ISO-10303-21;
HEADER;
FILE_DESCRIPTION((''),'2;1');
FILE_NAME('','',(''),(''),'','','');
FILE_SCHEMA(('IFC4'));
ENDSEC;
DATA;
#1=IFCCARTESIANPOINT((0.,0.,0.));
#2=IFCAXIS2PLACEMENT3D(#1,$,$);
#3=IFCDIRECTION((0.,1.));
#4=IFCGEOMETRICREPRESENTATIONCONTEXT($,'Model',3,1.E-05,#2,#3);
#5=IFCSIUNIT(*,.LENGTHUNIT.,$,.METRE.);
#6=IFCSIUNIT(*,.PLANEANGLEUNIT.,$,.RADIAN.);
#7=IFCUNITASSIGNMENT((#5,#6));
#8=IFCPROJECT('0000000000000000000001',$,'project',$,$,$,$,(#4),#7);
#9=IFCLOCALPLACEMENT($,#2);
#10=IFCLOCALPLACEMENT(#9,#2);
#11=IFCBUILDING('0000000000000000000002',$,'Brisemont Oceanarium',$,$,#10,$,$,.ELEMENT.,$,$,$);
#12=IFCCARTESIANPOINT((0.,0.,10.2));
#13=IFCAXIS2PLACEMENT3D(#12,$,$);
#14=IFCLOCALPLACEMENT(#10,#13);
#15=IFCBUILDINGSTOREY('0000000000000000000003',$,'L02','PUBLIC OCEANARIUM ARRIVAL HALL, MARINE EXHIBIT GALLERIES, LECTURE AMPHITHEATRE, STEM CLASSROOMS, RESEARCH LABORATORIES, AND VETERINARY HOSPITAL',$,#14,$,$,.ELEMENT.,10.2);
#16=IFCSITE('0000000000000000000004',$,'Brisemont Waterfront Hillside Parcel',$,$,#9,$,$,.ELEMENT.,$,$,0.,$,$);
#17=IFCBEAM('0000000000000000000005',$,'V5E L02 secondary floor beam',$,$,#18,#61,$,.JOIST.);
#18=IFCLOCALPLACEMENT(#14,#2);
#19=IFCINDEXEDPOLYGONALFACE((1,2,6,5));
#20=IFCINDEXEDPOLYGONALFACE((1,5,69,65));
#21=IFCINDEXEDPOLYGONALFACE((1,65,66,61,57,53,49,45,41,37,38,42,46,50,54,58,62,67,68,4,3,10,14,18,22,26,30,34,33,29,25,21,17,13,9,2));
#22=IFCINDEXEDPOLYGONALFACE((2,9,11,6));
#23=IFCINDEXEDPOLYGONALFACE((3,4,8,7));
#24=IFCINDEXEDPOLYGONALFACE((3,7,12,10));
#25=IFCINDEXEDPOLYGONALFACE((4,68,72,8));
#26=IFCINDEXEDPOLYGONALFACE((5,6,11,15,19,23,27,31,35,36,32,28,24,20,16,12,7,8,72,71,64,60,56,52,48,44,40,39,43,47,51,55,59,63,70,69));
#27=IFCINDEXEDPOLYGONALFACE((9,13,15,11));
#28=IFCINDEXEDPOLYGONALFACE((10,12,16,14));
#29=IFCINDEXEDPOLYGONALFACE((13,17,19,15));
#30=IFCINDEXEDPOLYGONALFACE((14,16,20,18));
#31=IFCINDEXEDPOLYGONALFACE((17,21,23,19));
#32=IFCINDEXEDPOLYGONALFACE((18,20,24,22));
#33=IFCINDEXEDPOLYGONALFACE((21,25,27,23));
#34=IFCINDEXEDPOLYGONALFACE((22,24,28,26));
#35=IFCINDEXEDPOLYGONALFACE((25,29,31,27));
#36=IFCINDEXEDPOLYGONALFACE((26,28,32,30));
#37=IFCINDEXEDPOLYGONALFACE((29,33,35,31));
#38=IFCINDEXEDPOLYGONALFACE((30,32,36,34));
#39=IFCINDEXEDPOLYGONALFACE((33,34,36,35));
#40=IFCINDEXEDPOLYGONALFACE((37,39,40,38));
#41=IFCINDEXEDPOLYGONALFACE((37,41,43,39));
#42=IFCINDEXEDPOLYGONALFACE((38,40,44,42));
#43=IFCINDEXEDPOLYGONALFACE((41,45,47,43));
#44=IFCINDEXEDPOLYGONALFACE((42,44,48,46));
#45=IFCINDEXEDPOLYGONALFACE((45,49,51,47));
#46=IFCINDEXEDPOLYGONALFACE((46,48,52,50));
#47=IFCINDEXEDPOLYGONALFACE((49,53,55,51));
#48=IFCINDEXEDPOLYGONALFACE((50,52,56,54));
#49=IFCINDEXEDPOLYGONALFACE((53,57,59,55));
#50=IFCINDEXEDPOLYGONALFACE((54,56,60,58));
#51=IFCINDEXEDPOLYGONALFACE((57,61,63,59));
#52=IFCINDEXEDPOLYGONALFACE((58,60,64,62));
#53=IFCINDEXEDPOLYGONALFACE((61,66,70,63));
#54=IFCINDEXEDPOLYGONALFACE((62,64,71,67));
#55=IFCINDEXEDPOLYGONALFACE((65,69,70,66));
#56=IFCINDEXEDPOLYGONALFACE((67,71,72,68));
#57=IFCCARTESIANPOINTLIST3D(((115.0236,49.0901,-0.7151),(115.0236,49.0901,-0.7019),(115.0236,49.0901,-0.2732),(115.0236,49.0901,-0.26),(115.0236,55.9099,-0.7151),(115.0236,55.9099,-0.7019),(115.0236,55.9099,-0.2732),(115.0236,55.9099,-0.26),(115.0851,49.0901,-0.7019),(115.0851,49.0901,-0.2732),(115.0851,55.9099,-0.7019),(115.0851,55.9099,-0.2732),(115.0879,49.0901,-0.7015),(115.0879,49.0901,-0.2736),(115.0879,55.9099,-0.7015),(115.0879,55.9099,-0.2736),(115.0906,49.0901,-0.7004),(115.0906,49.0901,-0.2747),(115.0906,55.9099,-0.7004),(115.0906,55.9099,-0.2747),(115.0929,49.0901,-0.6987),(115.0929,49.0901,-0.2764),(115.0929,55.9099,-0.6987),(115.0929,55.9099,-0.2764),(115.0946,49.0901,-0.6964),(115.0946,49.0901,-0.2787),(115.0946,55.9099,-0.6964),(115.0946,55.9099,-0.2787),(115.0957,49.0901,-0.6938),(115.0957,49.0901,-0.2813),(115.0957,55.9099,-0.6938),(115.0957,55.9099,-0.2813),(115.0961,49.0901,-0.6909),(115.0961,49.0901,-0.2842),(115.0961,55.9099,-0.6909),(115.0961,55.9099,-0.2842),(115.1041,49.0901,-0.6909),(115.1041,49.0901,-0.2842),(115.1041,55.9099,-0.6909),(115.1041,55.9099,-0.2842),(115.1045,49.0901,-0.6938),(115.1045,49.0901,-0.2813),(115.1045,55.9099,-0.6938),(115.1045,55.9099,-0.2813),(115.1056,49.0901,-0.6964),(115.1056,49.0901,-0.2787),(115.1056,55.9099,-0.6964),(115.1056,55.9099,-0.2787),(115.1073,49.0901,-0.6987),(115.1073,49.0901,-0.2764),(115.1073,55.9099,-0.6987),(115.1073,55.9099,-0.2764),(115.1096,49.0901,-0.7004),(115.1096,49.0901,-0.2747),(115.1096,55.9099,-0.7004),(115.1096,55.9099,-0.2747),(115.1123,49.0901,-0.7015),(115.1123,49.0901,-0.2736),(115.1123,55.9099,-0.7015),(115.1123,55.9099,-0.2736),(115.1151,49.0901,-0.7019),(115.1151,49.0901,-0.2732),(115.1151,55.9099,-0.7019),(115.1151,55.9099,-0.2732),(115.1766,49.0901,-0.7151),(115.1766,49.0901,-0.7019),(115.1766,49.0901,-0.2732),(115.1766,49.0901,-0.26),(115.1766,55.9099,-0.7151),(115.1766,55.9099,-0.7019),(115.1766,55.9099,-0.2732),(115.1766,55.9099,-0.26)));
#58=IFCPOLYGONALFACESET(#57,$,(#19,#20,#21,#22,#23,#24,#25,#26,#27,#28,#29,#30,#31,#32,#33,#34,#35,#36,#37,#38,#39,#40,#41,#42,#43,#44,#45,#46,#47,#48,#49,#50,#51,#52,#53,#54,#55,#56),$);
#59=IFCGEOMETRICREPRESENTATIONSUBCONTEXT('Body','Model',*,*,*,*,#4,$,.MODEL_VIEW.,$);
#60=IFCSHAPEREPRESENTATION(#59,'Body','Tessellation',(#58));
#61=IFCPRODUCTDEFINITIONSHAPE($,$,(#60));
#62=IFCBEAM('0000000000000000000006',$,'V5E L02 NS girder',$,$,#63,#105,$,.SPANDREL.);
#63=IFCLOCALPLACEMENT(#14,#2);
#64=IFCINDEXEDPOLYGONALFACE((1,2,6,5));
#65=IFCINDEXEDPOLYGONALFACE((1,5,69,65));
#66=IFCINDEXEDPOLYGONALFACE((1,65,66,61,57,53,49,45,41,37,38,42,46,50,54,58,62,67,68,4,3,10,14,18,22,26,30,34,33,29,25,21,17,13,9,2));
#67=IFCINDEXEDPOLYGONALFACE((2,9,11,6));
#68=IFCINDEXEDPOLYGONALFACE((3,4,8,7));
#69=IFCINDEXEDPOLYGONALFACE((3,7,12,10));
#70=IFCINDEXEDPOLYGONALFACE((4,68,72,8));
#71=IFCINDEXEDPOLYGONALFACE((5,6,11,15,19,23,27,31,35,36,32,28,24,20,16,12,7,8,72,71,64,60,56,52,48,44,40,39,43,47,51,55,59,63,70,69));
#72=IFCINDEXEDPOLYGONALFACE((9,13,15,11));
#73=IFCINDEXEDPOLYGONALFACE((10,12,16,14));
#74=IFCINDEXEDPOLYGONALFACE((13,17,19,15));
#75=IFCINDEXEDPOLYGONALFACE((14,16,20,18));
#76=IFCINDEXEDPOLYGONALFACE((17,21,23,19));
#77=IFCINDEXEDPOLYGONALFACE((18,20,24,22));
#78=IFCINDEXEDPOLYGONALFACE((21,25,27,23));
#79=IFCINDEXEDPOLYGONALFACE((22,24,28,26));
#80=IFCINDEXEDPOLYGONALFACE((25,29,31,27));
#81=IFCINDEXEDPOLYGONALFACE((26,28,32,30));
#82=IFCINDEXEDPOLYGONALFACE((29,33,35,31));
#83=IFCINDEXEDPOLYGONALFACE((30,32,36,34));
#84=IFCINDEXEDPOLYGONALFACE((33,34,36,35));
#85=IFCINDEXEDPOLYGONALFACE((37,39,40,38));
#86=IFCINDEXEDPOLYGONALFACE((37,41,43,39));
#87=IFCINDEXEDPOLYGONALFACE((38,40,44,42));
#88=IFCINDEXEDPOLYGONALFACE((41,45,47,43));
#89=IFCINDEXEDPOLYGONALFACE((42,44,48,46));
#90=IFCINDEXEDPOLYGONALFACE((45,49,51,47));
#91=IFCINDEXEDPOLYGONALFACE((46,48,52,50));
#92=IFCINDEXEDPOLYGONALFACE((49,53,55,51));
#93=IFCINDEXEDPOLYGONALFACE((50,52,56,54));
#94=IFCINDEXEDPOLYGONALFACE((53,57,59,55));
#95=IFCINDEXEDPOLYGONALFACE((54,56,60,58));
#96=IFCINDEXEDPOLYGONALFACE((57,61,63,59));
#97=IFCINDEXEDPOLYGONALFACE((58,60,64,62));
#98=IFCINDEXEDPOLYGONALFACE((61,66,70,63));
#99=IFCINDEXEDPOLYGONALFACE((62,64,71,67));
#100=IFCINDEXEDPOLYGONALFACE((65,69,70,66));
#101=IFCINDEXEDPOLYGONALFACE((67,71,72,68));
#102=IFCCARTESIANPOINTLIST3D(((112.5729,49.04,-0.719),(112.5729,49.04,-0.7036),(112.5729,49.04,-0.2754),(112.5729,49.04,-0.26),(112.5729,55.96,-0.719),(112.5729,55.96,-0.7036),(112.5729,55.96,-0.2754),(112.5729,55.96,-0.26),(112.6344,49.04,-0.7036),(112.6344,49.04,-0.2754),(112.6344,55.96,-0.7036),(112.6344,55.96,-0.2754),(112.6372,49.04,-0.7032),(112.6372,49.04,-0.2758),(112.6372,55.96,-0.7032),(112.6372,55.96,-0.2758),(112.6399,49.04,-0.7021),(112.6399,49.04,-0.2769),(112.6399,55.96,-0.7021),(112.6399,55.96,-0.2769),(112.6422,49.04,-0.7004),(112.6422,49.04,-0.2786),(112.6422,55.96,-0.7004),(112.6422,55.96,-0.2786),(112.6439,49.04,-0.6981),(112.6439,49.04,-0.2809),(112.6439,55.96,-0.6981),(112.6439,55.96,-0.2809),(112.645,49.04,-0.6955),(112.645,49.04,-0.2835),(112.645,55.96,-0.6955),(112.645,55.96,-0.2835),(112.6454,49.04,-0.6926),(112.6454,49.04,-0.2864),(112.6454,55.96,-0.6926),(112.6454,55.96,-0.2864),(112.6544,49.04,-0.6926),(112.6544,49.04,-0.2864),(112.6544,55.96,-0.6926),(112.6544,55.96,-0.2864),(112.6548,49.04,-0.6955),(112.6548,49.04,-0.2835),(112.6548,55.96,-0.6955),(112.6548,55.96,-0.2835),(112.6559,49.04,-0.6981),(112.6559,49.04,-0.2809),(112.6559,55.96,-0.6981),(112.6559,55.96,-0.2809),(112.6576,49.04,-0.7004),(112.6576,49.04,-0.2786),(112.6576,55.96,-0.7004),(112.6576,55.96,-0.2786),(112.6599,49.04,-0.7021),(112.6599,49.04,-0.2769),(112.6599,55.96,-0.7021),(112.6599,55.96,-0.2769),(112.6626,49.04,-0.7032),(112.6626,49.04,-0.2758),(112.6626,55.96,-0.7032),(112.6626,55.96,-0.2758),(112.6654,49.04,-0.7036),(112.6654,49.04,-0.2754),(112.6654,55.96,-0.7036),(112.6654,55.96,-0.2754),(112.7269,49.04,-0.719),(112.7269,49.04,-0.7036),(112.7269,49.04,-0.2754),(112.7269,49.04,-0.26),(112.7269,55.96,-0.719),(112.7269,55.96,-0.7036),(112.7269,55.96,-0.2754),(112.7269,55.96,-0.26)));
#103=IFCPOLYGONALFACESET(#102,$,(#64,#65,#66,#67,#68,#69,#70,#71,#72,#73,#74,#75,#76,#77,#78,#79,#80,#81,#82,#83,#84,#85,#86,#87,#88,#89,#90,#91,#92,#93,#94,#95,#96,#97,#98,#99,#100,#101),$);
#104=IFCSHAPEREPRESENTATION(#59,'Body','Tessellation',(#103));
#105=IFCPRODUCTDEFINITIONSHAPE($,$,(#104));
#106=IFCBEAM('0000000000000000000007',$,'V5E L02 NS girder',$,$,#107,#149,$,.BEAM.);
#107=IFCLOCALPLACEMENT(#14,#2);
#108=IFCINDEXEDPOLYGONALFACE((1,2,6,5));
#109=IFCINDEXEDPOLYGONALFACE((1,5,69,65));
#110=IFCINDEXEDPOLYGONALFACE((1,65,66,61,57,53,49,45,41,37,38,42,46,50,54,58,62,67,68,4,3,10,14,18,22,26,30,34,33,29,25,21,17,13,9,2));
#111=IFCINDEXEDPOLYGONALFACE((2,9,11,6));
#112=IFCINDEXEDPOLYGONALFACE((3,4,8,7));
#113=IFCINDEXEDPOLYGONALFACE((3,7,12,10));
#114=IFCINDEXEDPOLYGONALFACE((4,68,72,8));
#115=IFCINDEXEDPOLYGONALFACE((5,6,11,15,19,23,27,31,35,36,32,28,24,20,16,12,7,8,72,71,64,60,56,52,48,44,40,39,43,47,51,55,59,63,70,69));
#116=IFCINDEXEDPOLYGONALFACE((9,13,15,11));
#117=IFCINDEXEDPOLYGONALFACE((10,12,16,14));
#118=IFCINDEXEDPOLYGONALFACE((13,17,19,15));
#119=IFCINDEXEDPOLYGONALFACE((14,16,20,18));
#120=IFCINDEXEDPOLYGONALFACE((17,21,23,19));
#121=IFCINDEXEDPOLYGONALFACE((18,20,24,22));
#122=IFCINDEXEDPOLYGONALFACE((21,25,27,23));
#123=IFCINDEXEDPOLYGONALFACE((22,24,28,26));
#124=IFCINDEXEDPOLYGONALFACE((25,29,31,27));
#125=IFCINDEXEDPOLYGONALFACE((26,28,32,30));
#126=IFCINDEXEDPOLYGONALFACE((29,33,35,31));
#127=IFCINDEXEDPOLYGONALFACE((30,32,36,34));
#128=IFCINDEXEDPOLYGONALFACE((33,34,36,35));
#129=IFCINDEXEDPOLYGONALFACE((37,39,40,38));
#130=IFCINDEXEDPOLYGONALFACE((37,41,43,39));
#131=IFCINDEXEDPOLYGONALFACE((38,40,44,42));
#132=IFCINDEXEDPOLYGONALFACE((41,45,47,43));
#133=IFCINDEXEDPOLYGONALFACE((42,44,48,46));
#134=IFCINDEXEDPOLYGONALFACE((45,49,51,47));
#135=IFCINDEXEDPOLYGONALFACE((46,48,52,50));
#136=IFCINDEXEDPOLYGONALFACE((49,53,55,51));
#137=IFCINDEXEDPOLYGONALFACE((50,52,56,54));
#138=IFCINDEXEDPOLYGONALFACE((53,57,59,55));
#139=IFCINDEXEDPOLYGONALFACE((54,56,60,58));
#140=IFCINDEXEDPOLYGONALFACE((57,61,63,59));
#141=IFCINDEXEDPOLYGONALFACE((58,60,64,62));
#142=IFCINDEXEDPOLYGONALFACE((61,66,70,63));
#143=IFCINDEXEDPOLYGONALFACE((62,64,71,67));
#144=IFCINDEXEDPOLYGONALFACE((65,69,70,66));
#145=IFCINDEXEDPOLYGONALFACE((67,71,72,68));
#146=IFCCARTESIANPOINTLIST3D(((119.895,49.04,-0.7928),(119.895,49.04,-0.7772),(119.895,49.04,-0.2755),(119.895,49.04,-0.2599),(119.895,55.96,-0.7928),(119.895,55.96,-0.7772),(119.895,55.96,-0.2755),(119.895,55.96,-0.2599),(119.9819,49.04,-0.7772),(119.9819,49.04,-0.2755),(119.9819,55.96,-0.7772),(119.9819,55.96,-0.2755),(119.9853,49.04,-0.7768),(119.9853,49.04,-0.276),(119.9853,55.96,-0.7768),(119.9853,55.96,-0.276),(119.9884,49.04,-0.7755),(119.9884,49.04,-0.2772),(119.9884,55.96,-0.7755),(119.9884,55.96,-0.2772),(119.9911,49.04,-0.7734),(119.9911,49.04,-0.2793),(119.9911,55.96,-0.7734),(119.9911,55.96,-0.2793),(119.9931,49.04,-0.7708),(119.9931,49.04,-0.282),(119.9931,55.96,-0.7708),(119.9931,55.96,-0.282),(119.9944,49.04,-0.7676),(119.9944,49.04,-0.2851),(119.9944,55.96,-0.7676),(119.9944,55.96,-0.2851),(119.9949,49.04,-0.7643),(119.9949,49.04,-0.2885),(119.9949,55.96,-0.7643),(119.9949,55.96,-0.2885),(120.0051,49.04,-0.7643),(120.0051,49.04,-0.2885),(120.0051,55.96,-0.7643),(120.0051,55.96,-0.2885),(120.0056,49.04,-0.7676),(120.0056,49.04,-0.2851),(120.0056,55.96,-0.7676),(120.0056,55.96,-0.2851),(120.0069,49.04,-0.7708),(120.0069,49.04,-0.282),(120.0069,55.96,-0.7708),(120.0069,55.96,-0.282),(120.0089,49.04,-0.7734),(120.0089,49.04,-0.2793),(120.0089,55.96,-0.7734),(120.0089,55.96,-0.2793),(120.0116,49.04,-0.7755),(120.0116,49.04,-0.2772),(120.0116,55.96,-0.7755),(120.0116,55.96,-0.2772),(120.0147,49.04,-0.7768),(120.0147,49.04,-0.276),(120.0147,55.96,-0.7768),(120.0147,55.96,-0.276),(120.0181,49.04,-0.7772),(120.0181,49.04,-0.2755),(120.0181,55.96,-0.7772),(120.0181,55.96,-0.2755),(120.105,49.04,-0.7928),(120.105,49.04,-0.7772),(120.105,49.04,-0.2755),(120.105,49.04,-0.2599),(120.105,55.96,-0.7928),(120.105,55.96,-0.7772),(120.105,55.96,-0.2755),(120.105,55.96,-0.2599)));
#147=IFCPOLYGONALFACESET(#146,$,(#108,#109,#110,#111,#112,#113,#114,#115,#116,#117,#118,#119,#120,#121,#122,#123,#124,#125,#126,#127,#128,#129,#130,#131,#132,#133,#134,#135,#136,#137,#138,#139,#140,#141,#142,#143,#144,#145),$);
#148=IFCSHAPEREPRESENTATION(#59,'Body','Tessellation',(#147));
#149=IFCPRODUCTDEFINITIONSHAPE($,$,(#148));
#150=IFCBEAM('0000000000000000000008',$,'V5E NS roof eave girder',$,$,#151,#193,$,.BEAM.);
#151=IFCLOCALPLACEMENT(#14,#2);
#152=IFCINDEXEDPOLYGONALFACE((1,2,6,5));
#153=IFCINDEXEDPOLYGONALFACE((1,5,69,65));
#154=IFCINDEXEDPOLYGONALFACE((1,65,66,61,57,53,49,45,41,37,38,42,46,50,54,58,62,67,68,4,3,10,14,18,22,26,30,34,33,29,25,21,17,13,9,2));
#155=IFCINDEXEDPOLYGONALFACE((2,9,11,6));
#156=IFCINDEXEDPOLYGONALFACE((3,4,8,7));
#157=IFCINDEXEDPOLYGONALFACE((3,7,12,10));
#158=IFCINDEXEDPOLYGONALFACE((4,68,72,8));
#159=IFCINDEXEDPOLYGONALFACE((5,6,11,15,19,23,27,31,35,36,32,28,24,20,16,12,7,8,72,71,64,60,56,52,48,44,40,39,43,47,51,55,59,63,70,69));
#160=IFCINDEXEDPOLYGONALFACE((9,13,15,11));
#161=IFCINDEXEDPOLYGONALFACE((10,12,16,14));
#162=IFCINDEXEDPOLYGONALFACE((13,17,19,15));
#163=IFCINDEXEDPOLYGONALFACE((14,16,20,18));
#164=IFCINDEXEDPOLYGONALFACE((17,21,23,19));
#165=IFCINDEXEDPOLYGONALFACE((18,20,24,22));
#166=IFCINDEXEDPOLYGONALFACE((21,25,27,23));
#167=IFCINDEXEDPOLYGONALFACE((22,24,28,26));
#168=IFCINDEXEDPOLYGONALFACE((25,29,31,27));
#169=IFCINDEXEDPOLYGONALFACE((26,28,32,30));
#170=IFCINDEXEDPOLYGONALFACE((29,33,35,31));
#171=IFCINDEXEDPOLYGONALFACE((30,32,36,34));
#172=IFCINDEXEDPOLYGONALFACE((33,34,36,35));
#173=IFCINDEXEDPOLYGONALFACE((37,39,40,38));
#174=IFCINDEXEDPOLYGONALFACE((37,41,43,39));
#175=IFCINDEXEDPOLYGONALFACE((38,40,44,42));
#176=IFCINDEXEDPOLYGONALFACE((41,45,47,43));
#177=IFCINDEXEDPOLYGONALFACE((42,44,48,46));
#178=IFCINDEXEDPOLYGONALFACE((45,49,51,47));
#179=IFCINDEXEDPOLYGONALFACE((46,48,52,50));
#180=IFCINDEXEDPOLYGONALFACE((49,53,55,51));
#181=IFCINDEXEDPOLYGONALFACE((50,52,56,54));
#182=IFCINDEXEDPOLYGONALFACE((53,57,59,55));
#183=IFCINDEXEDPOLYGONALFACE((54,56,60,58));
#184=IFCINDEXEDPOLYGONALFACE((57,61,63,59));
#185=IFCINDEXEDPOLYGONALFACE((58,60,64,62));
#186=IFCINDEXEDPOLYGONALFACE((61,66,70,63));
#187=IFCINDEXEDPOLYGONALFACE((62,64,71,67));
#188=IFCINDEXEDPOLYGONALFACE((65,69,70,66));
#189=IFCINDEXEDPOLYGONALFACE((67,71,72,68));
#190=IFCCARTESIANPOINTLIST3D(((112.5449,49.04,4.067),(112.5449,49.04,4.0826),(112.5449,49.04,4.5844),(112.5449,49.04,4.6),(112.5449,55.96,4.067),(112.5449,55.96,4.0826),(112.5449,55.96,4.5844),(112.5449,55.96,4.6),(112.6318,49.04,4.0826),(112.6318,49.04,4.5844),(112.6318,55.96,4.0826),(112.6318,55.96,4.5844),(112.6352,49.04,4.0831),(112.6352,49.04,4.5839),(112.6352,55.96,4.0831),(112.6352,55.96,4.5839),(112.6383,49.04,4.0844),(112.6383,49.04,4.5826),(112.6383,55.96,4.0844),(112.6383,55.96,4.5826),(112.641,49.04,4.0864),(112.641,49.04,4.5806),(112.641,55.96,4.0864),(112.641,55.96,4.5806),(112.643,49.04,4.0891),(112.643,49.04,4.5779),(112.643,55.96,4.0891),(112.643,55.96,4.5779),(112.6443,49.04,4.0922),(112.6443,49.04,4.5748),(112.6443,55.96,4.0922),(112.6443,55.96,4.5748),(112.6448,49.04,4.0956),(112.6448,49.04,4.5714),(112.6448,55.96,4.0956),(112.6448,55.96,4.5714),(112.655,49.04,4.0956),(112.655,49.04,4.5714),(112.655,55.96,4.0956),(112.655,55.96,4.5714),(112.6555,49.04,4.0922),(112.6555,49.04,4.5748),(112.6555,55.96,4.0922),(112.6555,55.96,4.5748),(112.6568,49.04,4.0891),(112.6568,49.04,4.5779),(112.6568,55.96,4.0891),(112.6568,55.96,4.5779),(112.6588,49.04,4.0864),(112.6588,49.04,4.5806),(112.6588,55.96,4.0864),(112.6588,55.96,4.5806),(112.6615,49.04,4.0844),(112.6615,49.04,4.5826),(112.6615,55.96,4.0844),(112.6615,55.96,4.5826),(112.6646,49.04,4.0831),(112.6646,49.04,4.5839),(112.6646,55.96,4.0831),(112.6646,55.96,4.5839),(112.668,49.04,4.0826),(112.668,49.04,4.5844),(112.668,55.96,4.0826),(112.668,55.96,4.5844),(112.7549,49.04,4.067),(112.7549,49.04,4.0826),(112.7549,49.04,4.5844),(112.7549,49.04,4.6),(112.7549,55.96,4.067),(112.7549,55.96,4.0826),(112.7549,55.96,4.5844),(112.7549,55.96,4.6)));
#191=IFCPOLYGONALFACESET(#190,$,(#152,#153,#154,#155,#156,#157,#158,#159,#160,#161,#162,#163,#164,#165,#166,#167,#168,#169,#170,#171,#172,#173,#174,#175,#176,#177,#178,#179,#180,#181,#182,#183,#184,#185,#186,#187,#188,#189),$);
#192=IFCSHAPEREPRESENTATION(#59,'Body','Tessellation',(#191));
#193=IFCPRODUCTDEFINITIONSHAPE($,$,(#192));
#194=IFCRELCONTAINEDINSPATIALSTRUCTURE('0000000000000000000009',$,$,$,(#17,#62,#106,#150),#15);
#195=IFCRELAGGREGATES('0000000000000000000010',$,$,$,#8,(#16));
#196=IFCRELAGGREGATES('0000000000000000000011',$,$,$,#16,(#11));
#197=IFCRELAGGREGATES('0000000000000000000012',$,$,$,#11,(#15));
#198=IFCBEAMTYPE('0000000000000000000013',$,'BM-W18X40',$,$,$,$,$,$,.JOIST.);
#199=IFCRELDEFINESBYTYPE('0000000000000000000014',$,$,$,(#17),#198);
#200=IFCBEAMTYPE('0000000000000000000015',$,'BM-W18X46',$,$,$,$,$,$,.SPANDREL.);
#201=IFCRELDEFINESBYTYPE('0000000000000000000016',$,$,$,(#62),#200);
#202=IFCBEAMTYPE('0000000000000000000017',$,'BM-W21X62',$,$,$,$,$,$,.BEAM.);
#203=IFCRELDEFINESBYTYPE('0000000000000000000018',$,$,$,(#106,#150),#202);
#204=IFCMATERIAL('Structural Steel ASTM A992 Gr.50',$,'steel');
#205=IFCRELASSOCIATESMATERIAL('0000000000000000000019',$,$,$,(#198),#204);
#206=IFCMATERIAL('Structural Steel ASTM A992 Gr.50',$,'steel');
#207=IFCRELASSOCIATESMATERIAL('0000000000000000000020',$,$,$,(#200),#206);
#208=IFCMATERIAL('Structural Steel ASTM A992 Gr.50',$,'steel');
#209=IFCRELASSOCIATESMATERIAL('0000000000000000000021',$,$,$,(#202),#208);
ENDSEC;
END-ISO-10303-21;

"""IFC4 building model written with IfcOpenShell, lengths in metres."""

from ifc_helpers import new_model, si_unit, direction, frame, origin, origin_2d, place, context, subcontext, project, spatial, i_section, extrude, material, material_profile, profile_set, type_object, element, save


model = new_model("IFC4")

# Units and contexts
model_context = context("Model", 3, precision=1e-05, world=origin(), true_north=direction((0.0, 1.0)))
body_context = subcontext(model_context, "Body", "Model", "MODEL_VIEW")
ifc_project = project(units=[si_unit("LENGTHUNIT", "METRE"), si_unit("PLANEANGLEUNIT", "RADIAN")], contexts=[model_context])

# Site, building, storey
site_placement = place(None, origin())
site = spatial("IfcSite", under=ifc_project, at=site_placement, Name="Brisemont Waterfront Hillside Parcel", CompositionType="ELEMENT", RefElevation=0.0)
building_placement = place(site_placement, origin())
building = spatial("IfcBuilding", under=site, at=building_placement, Name="Brisemont Oceanarium", CompositionType="ELEMENT")
storey_placement = place(building_placement, frame((0.0, 0.0, 10.2)))
storey = spatial("IfcBuildingStorey", under=building, at=storey_placement, Name="L02", Description="PUBLIC OCEANARIUM ARRIVAL HALL, MARINE EXHIBIT GALLERIES, LECTURE AMPHITHEATRE, STEM CLASSROOMS, RESEARCH LABORATORIES, AND VETERINARY HOSPITAL", CompositionType="ELEMENT", Elevation=10.2)

# Beams
ifc_material_1 = material(Name="Structural Steel ASTM A992 Gr.50", Category="steel")
ifc_material_profile_1 = material_profile(ifc_material_1, i_section(OverallWidth=0.1531, OverallDepth=0.4551, WebThickness=0.0081, FlangeThickness=0.0132, FilletRadius=0.011, at=origin_2d()), Name="W18X40")
ifc_profile_set_1 = profile_set([ifc_material_profile_1], Name="Structural Steel ASTM A992 Gr.50")
beam_type_1 = type_object("IfcBeamType", Name="BM-W18X40", PredefinedType="JOIST", material=ifc_profile_set_1)
beam_1_placement = place(storey_placement, frame((115.1001, 49.0901, -0.4875), z_axis=(0.0, 1.0, 0.0), x_axis=(-1.0, 0.0, 0.0)))
element("IfcBeam", 1, at=beam_1_placement, inside=storey, type_object=beam_type_1, Name="V5E L02 secondary floor beam", PredefinedType="JOIST", context=body_context, shape_type="SweptSolid", body=[
    extrude(i_section(OverallWidth=0.1531, OverallDepth=0.4551, WebThickness=0.0081, FlangeThickness=0.0132, FilletRadius=0.011, at=origin_2d()), origin(), (0.0, 0.0, 1.0), 6.8198),
])
ifc_material_2 = material(Name="Structural Steel ASTM A992 Gr.50", Category="steel")
ifc_material_profile_2 = material_profile(ifc_material_2, i_section(OverallWidth=0.1541, OverallDepth=0.459, WebThickness=0.009, FlangeThickness=0.0154, FilletRadius=0.011, at=origin_2d()), Name="W18X46")
ifc_profile_set_2 = profile_set([ifc_material_profile_2], Name="Structural Steel ASTM A992 Gr.50")
beam_type_2 = type_object("IfcBeamType", Name="BM-W18X46", PredefinedType="SPANDREL", material=ifc_profile_set_2)
beam_2_placement = place(storey_placement, frame((112.6499, 49.04, -0.4895), z_axis=(0.0, 1.0, 0.0), x_axis=(-1.0, 0.0, 0.0)))
element("IfcBeam", 2, at=beam_2_placement, inside=storey, type_object=beam_type_2, Name="V5E L02 NS girder", PredefinedType="SPANDREL", context=body_context, shape_type="SweptSolid", body=[
    extrude(i_section(OverallWidth=0.1541, OverallDepth=0.459, WebThickness=0.009, FlangeThickness=0.0154, FilletRadius=0.011, at=origin_2d()), origin(), (0.0, 0.0, 1.0), 6.9199),
])
ifc_material_3 = material(Name="Structural Steel ASTM A992 Gr.50", Category="steel")
ifc_material_profile_3 = material_profile(ifc_material_3, i_section(OverallWidth=0.21, OverallDepth=0.533, WebThickness=0.0103, FlangeThickness=0.0156, FilletRadius=0.0129, at=origin_2d()), Name="W21X62")
ifc_profile_set_3 = profile_set([ifc_material_profile_3], Name="Structural Steel ASTM A992 Gr.50")
beam_type_3 = type_object("IfcBeamType", Name="BM-W21X62", PredefinedType="BEAM", material=ifc_profile_set_3)
for number, where, z_axis, x_axis, name in (
    (3, (120.0, 49.04, -0.5264), (0.0, 1.0, 0.0), (-1.0, 0.0, 0.0), "V5E L02 NS girder"),
    (4, (112.6499, 49.04, 4.3335), (0.0, 1.0, 0.0), (-1.0, 0.0, 0.0), "V5E NS roof eave girder"),
):
    element("IfcBeam", number, at=place(storey_placement, frame(where, z_axis=z_axis, x_axis=x_axis)), inside=storey, type_object=beam_type_3, Name=name, PredefinedType="BEAM", context=body_context, shape_type="SweptSolid", body=[
        extrude(i_section(OverallWidth=0.21, OverallDepth=0.533, WebThickness=0.0103, FlangeThickness=0.0156, FilletRadius=0.0129, at=origin_2d()), origin(), (0.0, 0.0, 1.0), 6.9199),
    ])

save(model, "model.ifc")
